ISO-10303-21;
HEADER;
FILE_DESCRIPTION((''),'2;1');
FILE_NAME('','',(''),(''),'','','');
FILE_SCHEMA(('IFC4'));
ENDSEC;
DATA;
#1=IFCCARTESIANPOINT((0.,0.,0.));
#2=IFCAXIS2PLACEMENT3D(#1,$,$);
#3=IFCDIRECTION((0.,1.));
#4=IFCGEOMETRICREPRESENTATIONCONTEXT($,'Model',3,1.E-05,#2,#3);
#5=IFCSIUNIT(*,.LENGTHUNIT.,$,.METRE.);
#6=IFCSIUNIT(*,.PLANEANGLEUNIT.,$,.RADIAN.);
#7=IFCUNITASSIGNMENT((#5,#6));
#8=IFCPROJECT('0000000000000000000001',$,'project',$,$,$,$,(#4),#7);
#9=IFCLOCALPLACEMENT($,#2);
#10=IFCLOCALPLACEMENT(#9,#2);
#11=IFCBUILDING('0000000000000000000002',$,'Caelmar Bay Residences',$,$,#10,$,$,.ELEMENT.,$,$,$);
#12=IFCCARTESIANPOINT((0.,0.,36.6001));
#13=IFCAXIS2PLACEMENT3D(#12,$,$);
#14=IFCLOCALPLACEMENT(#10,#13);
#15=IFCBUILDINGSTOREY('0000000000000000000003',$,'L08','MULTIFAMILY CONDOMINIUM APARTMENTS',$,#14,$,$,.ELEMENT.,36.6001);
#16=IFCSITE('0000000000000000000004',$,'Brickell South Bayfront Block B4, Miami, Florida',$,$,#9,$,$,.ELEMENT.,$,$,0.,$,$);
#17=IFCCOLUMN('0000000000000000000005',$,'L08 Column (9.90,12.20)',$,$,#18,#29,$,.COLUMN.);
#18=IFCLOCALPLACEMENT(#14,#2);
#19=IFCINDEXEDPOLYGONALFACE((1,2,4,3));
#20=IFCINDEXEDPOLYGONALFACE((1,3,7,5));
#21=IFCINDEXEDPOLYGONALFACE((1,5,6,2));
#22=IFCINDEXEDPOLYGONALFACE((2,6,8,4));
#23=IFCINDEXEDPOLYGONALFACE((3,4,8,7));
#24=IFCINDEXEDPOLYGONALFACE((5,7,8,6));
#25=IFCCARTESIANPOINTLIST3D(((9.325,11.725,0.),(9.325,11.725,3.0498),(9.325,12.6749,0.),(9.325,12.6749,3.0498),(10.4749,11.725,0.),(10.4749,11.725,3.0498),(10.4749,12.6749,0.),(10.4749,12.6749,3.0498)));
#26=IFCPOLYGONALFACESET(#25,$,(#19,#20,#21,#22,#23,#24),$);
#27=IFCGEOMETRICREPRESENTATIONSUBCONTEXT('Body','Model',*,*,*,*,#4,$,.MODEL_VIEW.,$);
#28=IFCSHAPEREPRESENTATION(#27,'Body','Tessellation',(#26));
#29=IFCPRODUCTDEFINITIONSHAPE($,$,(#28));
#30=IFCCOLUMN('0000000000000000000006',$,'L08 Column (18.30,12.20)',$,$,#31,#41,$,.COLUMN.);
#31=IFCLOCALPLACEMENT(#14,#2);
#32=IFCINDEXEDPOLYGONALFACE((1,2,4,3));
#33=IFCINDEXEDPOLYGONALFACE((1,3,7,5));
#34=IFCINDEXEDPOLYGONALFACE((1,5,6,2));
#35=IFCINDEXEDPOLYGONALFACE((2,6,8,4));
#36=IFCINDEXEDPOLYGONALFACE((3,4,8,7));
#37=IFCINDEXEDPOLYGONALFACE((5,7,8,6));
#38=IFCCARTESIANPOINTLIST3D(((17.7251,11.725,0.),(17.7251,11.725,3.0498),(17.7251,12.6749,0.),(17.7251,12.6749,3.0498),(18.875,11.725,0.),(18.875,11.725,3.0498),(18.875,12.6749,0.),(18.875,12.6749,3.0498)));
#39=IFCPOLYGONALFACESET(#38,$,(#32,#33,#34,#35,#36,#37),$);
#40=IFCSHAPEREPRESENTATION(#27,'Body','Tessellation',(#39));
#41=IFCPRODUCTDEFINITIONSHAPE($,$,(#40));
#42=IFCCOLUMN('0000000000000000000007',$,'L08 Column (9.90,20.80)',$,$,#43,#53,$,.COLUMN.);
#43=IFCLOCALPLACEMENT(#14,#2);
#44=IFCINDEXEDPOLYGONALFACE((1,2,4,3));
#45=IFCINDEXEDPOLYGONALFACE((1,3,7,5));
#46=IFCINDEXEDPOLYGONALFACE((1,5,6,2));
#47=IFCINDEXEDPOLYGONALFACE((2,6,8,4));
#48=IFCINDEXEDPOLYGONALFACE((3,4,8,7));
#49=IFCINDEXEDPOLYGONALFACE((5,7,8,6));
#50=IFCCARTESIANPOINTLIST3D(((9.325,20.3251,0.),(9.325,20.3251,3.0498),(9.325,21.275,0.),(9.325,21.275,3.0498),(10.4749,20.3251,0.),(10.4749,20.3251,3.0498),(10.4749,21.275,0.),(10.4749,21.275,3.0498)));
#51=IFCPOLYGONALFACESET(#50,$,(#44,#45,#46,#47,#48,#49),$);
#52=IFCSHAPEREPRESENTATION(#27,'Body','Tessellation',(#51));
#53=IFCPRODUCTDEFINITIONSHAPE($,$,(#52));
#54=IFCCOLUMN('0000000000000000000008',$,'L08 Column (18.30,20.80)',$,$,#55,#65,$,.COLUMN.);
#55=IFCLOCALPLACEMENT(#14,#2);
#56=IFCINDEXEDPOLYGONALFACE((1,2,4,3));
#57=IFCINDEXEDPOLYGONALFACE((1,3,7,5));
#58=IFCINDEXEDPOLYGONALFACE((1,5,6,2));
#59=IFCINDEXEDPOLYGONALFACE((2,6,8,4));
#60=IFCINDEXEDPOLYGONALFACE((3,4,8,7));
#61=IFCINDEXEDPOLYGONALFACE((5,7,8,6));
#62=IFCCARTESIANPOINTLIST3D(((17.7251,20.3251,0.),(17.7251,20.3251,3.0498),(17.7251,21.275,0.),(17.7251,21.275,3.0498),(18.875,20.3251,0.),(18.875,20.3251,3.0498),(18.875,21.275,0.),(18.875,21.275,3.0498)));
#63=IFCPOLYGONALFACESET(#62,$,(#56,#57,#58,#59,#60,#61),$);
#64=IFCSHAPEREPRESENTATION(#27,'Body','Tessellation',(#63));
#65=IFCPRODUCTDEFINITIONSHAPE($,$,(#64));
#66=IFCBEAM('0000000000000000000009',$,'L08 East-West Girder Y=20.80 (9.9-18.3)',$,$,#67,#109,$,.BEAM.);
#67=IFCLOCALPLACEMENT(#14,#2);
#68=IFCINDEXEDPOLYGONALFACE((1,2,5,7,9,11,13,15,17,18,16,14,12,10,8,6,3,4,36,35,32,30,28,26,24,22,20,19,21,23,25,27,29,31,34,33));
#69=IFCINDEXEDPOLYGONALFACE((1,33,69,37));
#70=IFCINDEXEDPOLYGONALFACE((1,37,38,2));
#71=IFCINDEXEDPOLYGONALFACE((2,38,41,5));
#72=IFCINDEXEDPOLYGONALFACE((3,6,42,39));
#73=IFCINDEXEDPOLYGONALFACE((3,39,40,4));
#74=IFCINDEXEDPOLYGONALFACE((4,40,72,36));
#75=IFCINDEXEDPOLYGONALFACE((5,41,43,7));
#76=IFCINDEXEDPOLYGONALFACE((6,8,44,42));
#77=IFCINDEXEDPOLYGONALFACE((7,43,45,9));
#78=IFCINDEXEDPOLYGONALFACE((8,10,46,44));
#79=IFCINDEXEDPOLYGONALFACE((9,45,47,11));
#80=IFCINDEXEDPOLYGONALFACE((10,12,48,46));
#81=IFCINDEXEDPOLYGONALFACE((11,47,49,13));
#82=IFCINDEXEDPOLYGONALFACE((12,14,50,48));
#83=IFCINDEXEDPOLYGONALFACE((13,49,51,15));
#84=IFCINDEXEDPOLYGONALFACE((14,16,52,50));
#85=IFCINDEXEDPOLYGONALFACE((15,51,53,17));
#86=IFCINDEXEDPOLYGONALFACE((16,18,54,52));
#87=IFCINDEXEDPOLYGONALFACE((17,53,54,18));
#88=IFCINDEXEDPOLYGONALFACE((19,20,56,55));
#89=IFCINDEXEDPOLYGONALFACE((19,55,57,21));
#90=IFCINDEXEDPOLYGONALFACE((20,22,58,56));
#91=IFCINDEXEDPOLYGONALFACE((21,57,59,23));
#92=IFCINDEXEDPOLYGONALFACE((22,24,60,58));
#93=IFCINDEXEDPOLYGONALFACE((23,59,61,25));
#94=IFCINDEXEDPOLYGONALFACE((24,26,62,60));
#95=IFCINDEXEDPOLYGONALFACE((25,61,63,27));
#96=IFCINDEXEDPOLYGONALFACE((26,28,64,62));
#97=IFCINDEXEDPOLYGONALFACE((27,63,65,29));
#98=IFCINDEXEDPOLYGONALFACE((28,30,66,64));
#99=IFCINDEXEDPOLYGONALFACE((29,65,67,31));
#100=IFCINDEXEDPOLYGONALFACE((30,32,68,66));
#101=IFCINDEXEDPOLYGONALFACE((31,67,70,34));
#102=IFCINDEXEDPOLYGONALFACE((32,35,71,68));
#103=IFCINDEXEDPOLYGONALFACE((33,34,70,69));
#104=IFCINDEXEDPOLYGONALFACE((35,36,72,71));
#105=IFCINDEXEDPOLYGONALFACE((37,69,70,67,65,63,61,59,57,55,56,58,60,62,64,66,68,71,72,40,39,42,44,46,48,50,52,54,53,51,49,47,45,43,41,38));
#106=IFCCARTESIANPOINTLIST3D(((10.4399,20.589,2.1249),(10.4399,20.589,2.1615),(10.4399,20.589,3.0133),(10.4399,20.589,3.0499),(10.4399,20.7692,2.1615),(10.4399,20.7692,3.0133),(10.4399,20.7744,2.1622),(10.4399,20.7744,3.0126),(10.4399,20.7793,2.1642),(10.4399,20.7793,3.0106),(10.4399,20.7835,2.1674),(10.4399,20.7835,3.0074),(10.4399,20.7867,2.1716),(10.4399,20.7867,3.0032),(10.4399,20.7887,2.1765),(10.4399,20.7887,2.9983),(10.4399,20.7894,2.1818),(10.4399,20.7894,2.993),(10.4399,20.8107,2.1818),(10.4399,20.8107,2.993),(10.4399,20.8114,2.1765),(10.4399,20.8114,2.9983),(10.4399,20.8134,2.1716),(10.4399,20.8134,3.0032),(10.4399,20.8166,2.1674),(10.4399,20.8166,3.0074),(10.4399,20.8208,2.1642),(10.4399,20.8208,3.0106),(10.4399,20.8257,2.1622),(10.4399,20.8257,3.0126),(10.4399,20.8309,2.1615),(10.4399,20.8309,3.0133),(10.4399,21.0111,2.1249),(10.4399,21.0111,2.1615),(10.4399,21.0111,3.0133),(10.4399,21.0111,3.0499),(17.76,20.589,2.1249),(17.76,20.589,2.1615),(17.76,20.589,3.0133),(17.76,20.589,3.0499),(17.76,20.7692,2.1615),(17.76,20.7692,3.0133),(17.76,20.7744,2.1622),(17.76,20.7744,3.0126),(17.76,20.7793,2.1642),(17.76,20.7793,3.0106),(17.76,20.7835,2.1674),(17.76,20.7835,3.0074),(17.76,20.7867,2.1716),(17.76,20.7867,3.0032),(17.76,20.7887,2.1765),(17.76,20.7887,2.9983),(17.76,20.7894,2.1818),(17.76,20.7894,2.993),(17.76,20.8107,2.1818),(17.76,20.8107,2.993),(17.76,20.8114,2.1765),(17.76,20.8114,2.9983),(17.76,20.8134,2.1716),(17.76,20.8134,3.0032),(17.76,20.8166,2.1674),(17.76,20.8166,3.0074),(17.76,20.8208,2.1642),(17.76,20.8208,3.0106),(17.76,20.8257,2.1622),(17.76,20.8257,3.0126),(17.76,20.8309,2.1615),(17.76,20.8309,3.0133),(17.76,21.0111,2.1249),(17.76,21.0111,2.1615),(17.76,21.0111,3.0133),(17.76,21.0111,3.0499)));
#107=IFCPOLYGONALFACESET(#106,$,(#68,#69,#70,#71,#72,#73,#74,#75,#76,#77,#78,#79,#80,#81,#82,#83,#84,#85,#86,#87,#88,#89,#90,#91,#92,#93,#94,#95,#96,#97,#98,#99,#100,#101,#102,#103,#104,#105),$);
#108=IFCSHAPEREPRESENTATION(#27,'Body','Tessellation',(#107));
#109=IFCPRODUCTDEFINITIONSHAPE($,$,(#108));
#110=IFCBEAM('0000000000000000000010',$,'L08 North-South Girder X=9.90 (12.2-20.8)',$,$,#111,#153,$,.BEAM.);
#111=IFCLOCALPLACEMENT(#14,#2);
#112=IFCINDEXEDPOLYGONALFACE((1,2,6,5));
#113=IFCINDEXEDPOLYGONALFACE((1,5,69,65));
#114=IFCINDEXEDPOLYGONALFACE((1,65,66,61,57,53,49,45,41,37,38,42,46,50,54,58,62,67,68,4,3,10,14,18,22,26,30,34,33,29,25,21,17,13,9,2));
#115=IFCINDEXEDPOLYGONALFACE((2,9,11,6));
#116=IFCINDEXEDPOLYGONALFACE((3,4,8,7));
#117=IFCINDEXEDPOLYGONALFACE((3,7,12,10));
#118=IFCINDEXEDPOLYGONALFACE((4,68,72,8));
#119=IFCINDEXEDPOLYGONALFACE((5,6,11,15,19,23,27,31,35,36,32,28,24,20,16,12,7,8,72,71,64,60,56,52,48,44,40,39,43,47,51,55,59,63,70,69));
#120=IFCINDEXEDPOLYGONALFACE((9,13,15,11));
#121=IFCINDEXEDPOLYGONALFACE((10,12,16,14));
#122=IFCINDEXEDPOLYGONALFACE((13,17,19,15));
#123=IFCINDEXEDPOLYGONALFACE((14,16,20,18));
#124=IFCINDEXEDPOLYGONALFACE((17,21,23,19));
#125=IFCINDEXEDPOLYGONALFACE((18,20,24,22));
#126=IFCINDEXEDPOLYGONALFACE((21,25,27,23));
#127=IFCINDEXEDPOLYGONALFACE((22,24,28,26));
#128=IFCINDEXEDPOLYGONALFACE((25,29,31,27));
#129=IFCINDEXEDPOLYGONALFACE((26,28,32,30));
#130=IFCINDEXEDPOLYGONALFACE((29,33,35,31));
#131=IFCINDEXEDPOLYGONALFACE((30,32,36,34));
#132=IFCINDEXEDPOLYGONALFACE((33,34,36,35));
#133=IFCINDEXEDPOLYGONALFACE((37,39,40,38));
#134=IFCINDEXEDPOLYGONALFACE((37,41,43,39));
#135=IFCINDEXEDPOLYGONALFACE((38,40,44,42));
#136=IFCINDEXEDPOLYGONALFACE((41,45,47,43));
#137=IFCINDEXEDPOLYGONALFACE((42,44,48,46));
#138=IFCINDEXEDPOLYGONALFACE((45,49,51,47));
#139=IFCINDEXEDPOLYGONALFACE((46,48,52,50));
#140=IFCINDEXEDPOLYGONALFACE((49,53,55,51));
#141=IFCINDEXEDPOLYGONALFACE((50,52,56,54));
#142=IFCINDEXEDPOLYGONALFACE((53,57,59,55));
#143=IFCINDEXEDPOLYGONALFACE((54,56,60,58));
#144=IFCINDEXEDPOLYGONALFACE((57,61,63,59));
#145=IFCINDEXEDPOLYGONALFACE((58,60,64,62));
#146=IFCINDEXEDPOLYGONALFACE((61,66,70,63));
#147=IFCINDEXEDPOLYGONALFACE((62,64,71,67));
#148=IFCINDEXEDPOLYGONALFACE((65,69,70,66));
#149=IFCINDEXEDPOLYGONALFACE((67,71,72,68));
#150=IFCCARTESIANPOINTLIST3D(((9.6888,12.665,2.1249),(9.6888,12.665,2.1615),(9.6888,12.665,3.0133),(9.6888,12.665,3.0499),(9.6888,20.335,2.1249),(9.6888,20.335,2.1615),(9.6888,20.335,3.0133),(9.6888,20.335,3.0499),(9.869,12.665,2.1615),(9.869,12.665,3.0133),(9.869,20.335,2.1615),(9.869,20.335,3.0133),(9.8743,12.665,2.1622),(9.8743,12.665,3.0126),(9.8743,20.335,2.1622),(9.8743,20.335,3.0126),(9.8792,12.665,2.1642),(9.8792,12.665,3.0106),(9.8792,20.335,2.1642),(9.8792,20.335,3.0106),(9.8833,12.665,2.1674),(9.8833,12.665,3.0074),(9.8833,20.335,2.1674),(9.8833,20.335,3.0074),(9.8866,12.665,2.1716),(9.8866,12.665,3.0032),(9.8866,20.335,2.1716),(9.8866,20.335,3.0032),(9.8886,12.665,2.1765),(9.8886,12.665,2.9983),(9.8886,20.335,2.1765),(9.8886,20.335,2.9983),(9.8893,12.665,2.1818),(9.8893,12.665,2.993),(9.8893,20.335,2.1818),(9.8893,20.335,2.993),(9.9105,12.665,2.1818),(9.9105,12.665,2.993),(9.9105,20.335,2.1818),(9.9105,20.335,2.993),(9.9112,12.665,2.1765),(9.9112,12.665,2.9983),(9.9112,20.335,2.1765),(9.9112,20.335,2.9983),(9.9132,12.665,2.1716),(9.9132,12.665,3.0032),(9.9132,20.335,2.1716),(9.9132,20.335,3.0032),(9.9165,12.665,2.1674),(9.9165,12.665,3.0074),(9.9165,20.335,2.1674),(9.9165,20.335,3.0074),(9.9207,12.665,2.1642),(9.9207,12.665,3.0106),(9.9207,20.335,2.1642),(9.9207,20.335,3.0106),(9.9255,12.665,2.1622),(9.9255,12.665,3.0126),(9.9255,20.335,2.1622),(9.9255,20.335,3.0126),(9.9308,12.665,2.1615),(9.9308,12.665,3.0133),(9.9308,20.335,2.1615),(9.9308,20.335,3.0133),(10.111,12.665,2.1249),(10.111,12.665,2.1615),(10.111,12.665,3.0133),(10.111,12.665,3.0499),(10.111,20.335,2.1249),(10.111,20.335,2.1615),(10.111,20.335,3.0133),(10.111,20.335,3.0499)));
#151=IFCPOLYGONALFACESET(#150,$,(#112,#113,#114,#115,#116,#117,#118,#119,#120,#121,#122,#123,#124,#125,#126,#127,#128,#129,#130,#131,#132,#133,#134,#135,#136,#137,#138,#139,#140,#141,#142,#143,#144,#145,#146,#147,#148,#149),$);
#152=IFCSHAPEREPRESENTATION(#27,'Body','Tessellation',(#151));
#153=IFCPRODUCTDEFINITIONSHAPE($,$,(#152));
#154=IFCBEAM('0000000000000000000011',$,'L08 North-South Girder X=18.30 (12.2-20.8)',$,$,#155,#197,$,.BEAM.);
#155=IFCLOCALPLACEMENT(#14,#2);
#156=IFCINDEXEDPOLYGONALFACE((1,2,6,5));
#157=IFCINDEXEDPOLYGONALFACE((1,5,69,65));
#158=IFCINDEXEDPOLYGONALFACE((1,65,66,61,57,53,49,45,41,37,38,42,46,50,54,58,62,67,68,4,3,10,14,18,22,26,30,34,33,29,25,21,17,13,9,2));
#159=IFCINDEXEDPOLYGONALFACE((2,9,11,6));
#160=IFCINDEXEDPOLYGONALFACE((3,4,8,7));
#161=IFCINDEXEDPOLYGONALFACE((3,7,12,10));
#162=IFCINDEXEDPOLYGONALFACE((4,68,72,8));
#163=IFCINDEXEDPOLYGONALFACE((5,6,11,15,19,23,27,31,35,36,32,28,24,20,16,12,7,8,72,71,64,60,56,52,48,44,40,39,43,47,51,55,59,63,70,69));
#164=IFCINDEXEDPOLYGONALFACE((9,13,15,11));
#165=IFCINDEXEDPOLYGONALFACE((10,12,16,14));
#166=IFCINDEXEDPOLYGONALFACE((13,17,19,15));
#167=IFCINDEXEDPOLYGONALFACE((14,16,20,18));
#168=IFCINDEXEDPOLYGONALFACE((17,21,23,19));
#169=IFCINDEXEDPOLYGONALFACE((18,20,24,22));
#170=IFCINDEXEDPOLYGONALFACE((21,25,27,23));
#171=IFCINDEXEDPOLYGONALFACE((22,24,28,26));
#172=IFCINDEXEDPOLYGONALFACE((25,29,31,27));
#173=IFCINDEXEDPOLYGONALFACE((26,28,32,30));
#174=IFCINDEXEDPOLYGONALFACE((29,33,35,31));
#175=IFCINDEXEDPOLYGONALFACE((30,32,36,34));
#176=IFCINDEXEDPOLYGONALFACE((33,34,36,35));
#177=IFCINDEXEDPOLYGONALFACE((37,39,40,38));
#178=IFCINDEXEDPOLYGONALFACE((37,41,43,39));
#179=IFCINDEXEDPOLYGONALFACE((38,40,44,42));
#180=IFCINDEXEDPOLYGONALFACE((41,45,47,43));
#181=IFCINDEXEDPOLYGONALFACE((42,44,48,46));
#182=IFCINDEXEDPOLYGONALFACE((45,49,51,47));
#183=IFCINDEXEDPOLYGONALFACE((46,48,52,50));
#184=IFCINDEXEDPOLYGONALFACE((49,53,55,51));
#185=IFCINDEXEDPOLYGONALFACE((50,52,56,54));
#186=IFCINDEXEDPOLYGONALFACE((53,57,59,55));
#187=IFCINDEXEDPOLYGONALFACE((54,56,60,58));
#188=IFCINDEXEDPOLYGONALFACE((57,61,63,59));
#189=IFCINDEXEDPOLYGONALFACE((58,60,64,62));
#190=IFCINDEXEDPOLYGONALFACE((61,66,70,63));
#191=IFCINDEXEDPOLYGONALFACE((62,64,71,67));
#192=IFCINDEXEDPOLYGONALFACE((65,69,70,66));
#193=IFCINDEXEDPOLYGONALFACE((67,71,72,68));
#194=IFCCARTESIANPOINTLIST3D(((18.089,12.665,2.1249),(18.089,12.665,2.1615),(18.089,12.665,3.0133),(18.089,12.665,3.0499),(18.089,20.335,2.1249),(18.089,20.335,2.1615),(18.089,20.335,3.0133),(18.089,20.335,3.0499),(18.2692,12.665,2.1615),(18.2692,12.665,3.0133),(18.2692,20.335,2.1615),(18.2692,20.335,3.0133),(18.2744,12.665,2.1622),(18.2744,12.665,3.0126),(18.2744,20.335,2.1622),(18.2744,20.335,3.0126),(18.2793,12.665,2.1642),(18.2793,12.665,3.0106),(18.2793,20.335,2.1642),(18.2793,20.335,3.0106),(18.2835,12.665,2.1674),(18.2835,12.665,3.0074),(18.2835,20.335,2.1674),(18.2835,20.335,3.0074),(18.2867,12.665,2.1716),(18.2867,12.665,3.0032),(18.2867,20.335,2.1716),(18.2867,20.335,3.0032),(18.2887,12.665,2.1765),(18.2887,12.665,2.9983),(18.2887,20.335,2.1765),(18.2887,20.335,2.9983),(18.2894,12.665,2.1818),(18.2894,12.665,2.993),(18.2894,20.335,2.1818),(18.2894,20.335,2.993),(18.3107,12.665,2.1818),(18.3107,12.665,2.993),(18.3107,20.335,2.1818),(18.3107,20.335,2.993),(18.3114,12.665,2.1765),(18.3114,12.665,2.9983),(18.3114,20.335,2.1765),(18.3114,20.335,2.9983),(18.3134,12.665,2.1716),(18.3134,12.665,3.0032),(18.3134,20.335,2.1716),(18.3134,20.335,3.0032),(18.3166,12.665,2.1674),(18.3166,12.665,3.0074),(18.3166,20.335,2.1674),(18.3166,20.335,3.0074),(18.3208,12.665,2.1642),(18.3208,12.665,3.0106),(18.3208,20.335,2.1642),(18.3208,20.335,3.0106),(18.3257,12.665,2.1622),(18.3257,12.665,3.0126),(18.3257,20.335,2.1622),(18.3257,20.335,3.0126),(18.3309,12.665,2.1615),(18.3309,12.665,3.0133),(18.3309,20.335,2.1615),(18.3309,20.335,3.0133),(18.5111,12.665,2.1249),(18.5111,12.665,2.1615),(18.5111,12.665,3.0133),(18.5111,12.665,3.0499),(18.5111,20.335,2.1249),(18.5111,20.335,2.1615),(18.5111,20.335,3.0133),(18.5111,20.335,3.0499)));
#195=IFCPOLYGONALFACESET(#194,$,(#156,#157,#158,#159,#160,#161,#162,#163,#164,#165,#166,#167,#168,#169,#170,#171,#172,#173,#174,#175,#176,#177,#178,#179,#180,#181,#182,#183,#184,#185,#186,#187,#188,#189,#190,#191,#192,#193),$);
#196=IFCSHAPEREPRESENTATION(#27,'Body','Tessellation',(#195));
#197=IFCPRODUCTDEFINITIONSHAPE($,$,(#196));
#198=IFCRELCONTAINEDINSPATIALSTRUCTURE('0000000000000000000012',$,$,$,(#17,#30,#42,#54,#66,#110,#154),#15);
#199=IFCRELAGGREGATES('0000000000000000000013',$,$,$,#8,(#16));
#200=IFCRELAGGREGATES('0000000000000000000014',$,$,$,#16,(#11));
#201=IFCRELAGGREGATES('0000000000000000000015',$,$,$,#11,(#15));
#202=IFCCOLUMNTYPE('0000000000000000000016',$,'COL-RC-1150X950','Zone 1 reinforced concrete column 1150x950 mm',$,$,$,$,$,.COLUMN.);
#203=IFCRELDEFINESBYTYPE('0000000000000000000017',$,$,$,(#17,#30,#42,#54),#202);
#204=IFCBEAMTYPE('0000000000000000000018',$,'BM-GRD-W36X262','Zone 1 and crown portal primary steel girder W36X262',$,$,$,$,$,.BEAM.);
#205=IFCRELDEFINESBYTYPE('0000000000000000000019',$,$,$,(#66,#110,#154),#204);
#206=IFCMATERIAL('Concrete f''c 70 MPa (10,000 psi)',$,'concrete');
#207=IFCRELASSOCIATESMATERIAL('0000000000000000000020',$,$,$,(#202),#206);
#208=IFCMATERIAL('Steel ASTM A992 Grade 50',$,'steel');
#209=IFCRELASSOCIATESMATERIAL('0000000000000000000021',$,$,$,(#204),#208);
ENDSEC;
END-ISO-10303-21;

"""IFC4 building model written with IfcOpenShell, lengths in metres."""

from ifc_helpers import new_model, si_unit, direction, frame, origin, origin_2d, place, context, subcontext, project, spatial, rectangle, i_section, extrude, material, material_profile, profile_set, type_object, element, save


model = new_model("IFC4")

# Units and contexts
model_context = context("Model", 3, precision=1e-05, world=origin(), true_north=direction((0.0, 1.0)))
body_context = subcontext(model_context, "Body", "Model", "MODEL_VIEW")
ifc_project = project(units=[si_unit("LENGTHUNIT", "METRE"), si_unit("PLANEANGLEUNIT", "RADIAN")], contexts=[model_context])

# Site, building, storey
site_placement = place(None, origin())
site = spatial("IfcSite", under=ifc_project, at=site_placement, Name="Brickell South Bayfront Block B4, Miami, Florida", CompositionType="ELEMENT", RefElevation=0.0)
building_placement = place(site_placement, origin())
building = spatial("IfcBuilding", under=site, at=building_placement, Name="Caelmar Bay Residences", CompositionType="ELEMENT")
storey_placement = place(building_placement, frame((0.0, 0.0, 36.6001)))
storey = spatial("IfcBuildingStorey", under=building, at=storey_placement, Name="L08", Description="MULTIFAMILY CONDOMINIUM APARTMENTS", CompositionType="ELEMENT", Elevation=36.6001)

# Columns
ifc_material_1 = material(Name="Concrete f'c 70 MPa (10,000 psi)", Category="concrete")
ifc_material_profile_1 = material_profile(ifc_material_1, rectangle(XDim=1.1499, YDim=0.95, at=origin_2d()), Name="RC-COL-1150X950")
ifc_profile_set_1 = profile_set([ifc_material_profile_1], Name="Concrete f'c 70 MPa (10,000 psi)")
column_type = type_object("IfcColumnType", Name="COL-RC-1150X950", Description="Zone 1 reinforced concrete column 1150x950 mm", PredefinedType="COLUMN", material=ifc_profile_set_1)
for number, where, z_axis, x_axis, name in (
    (1, (9.8999, 12.2, 0.0), (0.0, 0.0, 1.0), (1.0, 0.0, 0.0), "L08 Column (9.90,12.20)"),
    (2, (18.3, 12.2, 0.0), (0.0, 0.0, 1.0), (1.0, 0.0, 0.0), "L08 Column (18.30,12.20)"),
    (3, (9.8999, 20.8, 0.0), (0.0, 0.0, 1.0), (1.0, 0.0, 0.0), "L08 Column (9.90,20.80)"),
    (4, (18.3, 20.8, 0.0), (0.0, 0.0, 1.0), (1.0, 0.0, 0.0), "L08 Column (18.30,20.80)"),
):
    element("IfcColumn", number, at=place(storey_placement, frame(where, z_axis=z_axis, x_axis=x_axis)), inside=storey, type_object=column_type, Name=name, PredefinedType="COLUMN", context=body_context, shape_type="SweptSolid", body=[
        extrude(rectangle(XDim=1.1499, YDim=0.95, at=origin_2d()), origin(), (0.0, 0.0, 1.0), 3.0498),
    ])

# Beams
ifc_material_2 = material(Name="Steel ASTM A992 Grade 50", Category="steel")
ifc_material_profile_2 = material_profile(ifc_material_2, i_section(OverallWidth=0.4221, OverallDepth=0.925, WebThickness=0.0212, FlangeThickness=0.0366, FilletRadius=0.0203, at=origin_2d()), Name="W36X262")
ifc_profile_set_2 = profile_set([ifc_material_profile_2], Name="Steel ASTM A992 Grade 50")
beam_type_1 = type_object("IfcBeamType", Name="BM-GRD-W36X262", Description="Zone 1 and crown portal primary steel girder W36X262", PredefinedType="BEAM", material=ifc_profile_set_2)
beam_1_placement = place(storey_placement, frame((10.4399, 20.8, 2.5874), z_axis=(1.0, 0.0, 0.0), x_axis=(0.0, 1.0, 0.0)))
element("IfcBeam", 5, at=beam_1_placement, inside=storey, type_object=beam_type_1, Name="L08 East-West Girder Y=20.80 (9.9-18.3)", PredefinedType="BEAM", context=body_context, shape_type="SweptSolid", body=[
    extrude(i_section(OverallWidth=0.4221, OverallDepth=0.925, WebThickness=0.0212, FlangeThickness=0.0366, FilletRadius=0.0203, at=origin_2d()), origin(), (0.0, 0.0, 1.0), 7.3201),
])
for number, where, z_axis, x_axis, name in (
    (6, (9.8999, 12.665, 2.5874), (0.0, 1.0, 0.0), (-1.0, 0.0, 0.0), "L08 North-South Girder X=9.90 (12.2-20.8)"),
    (7, (18.3, 12.665, 2.5874), (0.0, 1.0, 0.0), (-1.0, 0.0, 0.0), "L08 North-South Girder X=18.30 (12.2-20.8)"),
):
    element("IfcBeam", number, at=place(storey_placement, frame(where, z_axis=z_axis, x_axis=x_axis)), inside=storey, type_object=beam_type_1, Name=name, PredefinedType="BEAM", context=body_context, shape_type="SweptSolid", body=[
        extrude(i_section(OverallWidth=0.4221, OverallDepth=0.925, WebThickness=0.0212, FlangeThickness=0.0366, FilletRadius=0.0203, at=origin_2d()), origin(), (0.0, 0.0, 1.0), 7.6699),
    ])

save(model, "model.ifc")
